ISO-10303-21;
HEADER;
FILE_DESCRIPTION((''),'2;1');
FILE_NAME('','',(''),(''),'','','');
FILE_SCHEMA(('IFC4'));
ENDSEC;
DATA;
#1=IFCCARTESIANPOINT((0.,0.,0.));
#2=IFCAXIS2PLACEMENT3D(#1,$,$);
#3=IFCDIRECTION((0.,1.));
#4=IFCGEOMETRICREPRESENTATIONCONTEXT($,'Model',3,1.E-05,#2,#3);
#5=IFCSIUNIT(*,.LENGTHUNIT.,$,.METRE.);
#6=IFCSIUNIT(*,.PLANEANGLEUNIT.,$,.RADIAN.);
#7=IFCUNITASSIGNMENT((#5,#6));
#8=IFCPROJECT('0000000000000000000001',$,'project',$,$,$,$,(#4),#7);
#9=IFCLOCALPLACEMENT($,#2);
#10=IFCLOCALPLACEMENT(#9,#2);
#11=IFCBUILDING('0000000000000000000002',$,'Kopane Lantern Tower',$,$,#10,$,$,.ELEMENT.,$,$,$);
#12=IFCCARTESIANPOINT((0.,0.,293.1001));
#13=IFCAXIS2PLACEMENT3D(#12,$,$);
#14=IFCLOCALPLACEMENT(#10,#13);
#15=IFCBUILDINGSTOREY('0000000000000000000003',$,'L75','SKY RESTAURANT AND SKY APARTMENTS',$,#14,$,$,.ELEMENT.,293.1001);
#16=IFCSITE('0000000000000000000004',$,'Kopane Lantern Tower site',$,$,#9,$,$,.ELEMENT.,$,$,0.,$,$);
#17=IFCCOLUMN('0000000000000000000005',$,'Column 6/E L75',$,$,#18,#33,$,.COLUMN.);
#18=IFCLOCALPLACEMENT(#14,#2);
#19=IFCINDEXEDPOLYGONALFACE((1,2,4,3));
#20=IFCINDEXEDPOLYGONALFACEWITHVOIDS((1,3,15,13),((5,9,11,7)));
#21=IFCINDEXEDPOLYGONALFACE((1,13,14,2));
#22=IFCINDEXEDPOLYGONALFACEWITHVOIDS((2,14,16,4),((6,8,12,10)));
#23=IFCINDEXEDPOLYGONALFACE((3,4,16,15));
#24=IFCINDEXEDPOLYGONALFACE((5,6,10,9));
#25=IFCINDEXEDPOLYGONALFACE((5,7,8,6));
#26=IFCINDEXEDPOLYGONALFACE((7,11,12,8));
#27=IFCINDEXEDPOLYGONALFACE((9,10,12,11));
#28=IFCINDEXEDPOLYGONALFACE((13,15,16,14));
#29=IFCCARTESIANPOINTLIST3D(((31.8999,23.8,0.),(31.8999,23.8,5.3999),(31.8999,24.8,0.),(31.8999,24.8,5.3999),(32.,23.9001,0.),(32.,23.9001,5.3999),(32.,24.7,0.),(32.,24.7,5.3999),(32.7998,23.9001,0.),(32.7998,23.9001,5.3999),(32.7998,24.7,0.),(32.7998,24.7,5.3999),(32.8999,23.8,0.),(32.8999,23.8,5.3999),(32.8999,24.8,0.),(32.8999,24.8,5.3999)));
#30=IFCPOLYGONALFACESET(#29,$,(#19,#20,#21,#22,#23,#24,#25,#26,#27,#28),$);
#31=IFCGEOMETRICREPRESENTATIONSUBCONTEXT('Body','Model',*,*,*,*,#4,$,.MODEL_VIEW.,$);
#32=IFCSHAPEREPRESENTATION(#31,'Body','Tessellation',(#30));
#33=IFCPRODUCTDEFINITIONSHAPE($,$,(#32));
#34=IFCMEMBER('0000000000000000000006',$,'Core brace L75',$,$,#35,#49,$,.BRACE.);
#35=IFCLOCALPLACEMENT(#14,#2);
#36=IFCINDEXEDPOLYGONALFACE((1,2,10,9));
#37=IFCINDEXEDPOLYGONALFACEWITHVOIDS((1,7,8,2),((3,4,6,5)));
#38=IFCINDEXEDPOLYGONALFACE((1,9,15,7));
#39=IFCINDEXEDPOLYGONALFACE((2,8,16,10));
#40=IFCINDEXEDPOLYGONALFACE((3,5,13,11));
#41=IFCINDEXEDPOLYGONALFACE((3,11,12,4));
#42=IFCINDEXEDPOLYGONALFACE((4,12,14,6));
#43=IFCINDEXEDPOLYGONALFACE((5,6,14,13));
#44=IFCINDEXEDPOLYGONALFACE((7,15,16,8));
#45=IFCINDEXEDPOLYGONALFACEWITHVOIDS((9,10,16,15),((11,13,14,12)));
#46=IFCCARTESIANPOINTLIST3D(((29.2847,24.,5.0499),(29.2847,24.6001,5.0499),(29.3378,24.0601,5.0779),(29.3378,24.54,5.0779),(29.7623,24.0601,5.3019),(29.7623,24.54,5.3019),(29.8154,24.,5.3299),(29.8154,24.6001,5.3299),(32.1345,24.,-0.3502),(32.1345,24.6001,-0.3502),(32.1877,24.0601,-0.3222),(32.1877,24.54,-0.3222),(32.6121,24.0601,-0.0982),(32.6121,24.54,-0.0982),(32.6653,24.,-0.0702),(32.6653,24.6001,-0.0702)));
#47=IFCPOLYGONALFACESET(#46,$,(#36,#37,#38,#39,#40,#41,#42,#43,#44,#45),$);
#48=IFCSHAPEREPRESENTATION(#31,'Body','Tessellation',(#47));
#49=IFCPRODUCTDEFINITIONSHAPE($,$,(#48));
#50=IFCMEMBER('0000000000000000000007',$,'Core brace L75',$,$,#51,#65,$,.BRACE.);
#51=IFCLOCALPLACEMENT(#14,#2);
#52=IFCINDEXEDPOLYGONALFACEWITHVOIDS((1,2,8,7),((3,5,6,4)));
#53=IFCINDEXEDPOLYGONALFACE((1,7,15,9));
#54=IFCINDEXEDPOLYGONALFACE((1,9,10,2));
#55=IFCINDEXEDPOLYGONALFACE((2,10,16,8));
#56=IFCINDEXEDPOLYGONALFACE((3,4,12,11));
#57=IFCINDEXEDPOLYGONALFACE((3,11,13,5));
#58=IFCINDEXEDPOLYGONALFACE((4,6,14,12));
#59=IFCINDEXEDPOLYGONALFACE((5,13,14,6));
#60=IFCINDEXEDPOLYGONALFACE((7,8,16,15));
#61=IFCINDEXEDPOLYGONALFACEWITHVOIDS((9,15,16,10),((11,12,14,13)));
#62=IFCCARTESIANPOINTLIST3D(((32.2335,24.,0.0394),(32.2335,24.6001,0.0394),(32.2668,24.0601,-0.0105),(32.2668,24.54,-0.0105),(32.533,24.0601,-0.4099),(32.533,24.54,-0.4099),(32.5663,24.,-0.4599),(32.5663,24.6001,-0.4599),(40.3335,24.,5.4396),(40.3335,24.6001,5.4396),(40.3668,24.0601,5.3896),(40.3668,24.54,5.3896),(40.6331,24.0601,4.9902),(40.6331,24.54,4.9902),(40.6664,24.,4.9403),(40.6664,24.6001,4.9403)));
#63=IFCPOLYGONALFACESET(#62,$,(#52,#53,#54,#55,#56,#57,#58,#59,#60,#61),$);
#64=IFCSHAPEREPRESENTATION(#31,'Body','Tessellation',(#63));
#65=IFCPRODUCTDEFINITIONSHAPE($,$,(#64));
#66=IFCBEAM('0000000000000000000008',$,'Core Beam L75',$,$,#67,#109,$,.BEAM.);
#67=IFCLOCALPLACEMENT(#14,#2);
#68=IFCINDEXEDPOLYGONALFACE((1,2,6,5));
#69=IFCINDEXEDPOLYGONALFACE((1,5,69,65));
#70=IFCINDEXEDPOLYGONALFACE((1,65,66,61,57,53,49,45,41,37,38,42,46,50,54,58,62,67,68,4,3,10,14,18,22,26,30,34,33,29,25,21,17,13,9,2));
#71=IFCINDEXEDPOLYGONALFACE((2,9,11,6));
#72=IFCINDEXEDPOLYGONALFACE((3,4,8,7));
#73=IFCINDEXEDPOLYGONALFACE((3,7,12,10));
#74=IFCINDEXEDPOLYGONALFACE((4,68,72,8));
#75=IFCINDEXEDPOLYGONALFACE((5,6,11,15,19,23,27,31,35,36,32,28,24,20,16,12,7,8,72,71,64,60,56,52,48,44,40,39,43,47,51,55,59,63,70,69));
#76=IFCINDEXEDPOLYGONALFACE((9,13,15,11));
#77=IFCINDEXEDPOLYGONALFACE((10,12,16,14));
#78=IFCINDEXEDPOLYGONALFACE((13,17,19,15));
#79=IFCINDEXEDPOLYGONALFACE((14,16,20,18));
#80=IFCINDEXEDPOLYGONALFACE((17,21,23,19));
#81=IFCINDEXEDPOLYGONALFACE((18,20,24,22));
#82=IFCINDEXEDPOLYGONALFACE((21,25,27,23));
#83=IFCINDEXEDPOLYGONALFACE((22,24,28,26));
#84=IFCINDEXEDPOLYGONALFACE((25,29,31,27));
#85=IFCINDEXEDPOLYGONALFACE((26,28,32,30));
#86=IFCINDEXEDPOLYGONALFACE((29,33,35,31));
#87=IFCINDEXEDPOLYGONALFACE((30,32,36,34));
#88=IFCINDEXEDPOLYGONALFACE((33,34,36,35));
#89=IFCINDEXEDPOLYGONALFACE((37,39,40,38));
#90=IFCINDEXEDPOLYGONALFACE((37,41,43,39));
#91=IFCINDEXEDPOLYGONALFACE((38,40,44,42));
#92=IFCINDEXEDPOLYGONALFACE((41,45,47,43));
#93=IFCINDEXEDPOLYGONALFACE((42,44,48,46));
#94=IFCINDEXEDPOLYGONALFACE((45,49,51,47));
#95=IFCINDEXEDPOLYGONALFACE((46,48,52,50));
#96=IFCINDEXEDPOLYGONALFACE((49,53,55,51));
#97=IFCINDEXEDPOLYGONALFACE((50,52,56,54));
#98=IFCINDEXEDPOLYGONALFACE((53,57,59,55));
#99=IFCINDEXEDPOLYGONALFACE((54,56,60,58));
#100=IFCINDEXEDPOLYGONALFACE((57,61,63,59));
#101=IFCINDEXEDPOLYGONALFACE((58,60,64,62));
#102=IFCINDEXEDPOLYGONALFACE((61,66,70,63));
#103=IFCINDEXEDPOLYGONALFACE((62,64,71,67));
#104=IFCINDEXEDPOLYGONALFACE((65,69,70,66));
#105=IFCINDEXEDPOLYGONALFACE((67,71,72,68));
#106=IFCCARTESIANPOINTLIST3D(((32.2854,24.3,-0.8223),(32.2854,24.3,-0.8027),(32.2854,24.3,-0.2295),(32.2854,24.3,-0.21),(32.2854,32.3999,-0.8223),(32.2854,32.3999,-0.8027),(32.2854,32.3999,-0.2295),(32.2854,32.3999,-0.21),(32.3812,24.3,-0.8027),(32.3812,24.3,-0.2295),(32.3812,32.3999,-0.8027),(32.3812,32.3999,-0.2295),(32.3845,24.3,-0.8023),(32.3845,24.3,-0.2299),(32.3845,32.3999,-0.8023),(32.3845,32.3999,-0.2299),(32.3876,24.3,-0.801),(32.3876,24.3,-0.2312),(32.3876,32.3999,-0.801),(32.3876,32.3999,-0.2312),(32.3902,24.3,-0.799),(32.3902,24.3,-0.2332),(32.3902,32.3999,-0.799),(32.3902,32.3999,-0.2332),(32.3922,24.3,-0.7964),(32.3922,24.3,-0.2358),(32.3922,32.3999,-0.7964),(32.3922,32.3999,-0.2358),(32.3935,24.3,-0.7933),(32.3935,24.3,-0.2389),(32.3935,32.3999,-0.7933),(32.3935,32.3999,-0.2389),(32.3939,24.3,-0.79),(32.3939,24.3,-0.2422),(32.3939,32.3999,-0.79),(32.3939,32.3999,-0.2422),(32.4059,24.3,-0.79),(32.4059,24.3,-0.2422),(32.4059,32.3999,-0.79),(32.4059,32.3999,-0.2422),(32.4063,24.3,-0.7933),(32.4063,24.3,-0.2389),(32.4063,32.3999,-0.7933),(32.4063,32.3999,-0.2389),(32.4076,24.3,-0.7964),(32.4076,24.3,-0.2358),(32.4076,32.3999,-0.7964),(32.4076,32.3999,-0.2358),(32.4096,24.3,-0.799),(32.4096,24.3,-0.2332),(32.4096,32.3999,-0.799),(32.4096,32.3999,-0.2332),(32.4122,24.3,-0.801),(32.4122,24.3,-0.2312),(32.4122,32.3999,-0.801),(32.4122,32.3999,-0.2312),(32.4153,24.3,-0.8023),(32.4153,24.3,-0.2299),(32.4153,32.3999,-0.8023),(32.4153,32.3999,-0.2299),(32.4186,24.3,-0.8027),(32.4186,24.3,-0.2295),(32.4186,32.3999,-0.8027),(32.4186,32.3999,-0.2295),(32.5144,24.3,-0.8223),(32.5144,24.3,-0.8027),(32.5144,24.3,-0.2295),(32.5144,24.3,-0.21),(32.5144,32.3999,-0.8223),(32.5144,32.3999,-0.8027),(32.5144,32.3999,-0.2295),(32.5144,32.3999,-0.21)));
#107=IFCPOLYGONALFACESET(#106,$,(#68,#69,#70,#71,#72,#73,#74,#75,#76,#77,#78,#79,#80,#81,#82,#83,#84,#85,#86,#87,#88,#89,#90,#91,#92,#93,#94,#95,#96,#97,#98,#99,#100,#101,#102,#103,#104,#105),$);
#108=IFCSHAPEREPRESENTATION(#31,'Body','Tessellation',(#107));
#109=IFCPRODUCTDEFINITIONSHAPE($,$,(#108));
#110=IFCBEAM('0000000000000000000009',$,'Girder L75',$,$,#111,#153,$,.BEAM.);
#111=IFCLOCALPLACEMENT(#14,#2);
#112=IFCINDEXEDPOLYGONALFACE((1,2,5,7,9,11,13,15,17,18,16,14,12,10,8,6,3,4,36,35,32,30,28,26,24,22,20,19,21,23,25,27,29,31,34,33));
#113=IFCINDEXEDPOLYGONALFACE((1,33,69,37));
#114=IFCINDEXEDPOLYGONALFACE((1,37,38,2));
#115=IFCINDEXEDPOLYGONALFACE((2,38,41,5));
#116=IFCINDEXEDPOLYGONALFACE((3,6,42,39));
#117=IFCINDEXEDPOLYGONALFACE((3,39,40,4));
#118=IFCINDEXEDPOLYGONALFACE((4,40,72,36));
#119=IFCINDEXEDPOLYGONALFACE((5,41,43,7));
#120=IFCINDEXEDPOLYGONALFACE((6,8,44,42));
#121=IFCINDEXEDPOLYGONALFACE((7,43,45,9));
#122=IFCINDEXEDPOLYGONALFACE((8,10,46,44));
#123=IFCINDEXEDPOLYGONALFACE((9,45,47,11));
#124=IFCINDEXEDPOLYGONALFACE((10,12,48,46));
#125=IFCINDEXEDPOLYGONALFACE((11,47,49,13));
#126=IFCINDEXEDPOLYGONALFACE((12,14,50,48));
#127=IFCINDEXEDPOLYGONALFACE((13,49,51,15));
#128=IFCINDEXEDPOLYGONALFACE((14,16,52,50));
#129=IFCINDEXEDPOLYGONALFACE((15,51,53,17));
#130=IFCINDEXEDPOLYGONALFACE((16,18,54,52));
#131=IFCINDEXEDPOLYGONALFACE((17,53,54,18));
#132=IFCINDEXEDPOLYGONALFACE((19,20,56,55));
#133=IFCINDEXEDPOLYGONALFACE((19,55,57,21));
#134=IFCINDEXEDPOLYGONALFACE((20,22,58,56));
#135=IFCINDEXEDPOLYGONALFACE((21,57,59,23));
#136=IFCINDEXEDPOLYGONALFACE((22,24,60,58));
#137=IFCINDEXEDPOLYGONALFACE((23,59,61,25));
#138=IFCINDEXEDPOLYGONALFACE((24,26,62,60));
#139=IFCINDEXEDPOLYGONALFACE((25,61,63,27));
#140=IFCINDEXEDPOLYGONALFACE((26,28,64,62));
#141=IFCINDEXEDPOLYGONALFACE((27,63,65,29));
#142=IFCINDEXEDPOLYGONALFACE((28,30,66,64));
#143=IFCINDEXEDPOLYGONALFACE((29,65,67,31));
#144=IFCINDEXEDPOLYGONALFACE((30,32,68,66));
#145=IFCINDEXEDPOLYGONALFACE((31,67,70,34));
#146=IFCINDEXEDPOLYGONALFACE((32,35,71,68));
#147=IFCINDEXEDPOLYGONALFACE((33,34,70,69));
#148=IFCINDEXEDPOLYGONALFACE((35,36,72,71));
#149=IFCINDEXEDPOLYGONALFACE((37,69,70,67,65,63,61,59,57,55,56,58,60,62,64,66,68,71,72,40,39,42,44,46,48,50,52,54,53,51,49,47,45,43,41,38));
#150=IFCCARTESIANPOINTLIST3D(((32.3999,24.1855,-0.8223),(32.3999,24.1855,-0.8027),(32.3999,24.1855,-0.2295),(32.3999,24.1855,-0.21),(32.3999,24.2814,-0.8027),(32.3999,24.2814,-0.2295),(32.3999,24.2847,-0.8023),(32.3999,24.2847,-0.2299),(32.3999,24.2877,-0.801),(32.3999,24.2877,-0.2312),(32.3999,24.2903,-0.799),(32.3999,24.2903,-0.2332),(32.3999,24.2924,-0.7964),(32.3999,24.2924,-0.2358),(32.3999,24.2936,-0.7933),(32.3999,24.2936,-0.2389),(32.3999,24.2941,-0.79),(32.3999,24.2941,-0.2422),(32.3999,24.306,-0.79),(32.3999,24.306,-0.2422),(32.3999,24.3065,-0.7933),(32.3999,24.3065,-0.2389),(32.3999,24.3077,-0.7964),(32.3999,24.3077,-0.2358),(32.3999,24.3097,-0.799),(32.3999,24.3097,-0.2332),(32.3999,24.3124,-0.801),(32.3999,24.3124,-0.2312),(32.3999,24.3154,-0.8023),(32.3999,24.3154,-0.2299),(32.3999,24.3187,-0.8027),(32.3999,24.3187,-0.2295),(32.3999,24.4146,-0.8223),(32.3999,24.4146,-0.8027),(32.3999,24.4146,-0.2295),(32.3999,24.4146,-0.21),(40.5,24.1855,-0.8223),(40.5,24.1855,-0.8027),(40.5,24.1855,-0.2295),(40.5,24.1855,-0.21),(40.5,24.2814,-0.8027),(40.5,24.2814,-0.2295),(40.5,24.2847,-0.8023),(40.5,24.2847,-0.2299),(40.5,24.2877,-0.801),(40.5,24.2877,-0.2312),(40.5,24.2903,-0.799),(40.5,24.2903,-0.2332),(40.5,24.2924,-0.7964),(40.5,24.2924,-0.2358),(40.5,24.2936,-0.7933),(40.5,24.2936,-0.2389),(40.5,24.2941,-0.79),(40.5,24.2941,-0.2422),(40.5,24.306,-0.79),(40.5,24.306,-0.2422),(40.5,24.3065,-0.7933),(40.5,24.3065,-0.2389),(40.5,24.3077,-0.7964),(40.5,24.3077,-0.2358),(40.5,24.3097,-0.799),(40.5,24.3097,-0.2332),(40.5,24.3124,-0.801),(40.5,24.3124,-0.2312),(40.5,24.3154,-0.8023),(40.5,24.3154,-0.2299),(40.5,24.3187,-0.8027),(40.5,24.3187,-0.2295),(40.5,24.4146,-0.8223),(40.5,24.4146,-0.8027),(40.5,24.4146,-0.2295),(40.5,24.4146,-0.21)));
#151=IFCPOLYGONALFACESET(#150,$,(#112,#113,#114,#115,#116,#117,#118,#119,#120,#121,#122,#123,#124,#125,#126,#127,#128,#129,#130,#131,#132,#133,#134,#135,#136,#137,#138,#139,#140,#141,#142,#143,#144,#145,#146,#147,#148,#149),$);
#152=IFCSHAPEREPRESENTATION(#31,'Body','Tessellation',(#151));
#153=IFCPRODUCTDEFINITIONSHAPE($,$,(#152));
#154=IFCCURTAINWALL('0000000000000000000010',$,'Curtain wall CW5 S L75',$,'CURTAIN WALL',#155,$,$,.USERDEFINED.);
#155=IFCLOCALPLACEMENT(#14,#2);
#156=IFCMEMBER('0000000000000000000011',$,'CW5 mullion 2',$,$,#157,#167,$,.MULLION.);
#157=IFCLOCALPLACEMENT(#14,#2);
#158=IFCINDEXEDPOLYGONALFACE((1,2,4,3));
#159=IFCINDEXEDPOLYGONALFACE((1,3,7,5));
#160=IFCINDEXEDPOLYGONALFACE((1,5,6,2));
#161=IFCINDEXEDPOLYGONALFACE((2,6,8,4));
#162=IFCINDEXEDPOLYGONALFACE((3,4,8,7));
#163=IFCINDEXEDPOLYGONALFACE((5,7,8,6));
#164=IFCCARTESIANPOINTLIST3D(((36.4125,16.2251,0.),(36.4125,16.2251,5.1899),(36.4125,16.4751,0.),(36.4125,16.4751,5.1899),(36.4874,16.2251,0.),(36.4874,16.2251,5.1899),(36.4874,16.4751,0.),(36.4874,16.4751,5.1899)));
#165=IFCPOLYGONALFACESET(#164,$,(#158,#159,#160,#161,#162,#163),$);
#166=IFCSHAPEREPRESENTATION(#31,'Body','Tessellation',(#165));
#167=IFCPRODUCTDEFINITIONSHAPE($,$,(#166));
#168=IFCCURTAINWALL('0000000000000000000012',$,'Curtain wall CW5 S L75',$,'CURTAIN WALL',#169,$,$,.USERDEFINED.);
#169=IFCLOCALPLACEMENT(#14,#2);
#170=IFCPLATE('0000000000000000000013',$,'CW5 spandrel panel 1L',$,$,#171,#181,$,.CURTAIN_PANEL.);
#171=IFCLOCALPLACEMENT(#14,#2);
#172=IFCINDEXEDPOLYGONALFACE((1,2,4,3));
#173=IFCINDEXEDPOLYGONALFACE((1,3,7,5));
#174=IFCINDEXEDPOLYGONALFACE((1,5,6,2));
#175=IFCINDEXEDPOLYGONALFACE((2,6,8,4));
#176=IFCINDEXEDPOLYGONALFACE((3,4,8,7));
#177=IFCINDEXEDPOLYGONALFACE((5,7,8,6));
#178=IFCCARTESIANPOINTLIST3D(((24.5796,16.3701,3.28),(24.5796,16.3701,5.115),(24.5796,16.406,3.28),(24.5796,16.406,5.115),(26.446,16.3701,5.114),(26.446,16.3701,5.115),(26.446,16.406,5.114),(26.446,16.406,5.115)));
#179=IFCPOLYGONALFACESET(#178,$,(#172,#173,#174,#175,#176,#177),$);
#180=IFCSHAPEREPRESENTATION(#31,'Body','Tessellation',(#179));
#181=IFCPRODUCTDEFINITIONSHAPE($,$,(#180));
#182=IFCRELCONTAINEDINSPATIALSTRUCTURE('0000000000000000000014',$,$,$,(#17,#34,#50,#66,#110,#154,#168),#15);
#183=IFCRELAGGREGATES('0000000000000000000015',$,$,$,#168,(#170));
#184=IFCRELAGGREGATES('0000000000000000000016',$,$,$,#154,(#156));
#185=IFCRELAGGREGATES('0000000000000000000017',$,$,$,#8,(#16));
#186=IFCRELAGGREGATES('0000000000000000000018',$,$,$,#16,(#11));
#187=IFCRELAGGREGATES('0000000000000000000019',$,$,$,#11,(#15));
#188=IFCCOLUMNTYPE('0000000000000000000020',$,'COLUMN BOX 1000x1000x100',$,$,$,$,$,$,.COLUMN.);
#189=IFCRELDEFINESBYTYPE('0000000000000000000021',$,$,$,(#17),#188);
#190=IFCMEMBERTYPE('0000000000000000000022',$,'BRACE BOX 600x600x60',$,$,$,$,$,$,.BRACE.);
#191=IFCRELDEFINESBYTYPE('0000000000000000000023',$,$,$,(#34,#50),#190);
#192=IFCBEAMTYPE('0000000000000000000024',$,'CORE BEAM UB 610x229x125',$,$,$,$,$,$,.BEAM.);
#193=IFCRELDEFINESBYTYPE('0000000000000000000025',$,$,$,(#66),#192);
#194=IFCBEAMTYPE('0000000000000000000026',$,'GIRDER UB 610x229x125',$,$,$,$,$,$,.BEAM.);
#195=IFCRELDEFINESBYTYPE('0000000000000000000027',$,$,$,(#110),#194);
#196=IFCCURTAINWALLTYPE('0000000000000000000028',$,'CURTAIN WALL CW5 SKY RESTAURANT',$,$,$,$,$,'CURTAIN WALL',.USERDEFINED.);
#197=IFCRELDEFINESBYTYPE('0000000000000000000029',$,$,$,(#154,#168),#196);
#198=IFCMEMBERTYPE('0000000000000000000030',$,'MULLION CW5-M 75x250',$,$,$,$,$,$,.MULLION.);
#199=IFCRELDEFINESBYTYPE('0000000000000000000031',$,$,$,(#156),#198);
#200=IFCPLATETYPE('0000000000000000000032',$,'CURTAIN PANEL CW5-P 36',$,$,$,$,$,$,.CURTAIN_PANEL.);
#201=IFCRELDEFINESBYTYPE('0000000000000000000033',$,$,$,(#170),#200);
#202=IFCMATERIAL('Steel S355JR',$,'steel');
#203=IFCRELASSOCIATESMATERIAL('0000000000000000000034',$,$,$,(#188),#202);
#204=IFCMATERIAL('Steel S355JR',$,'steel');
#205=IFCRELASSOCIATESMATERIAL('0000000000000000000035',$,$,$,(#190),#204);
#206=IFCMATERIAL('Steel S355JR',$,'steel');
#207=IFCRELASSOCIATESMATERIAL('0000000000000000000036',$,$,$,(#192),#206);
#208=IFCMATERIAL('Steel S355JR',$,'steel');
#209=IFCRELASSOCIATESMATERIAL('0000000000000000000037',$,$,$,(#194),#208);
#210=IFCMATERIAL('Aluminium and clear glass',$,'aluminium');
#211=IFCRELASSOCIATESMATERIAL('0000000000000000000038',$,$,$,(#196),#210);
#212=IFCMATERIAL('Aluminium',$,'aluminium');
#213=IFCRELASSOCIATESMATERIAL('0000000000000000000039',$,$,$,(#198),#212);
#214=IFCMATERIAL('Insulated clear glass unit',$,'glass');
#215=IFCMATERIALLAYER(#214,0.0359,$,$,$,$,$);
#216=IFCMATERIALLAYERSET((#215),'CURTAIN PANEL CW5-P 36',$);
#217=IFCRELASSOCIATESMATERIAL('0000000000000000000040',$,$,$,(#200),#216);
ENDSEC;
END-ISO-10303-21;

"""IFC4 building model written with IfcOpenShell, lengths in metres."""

from ifc_helpers import new_model, si_unit, direction, frame, origin, origin_2d, place, context, subcontext, project, spatial, polyline, rectangle, hollow_rectangle, i_section, outline, extrude, material, layer, layer_set, material_profile, profile_set, type_object, element, aggregate, save


model = new_model("IFC4")

# Units and contexts
model_context = context("Model", 3, precision=1e-05, world=origin(), true_north=direction((0.0, 1.0)))
body_context = subcontext(model_context, "Body", "Model", "MODEL_VIEW")
ifc_project = project(units=[si_unit("LENGTHUNIT", "METRE"), si_unit("PLANEANGLEUNIT", "RADIAN")], contexts=[model_context])

# Site, building, storey
site_placement = place(None, origin())
site = spatial("IfcSite", under=ifc_project, at=site_placement, Name="Kopane Lantern Tower site", CompositionType="ELEMENT", RefElevation=0.0)
building_placement = place(site_placement, origin())
building = spatial("IfcBuilding", under=site, at=building_placement, Name="Kopane Lantern Tower", CompositionType="ELEMENT")
storey_placement = place(building_placement, frame((0.0, 0.0, 293.1001)))
storey = spatial("IfcBuildingStorey", under=building, at=storey_placement, Name="L75", Description="SKY RESTAURANT AND SKY APARTMENTS", CompositionType="ELEMENT", Elevation=293.1001)

# Column
ifc_material_1 = material(Name="Steel S355JR", Category="steel")
ifc_material_profile_1 = material_profile(ifc_material_1, hollow_rectangle(XDim=1.0, YDim=1.0, WallThickness=0.1001, at=origin_2d()), Name="BOX 1000x1000x100")
ifc_profile_set_1 = profile_set([ifc_material_profile_1], Name="Steel S355JR")
column_type = type_object("IfcColumnType", Name="COLUMN BOX 1000x1000x100", PredefinedType="COLUMN", material=ifc_profile_set_1)
column_placement = place(storey_placement, frame((32.3999, 24.3, 0.0), z_axis=(0.0, 0.0, 1.0), x_axis=(1.0, 0.0, 0.0)))
element("IfcColumn", 1, at=column_placement, inside=storey, type_object=column_type, Name="Column 6/E L75", PredefinedType="COLUMN", context=body_context, shape_type="SweptSolid", body=[
    extrude(hollow_rectangle(XDim=1.0, YDim=1.0, WallThickness=0.1001, at=origin_2d()), origin(), (0.0, 0.0, 1.0), 5.3999),
])

# Members
ifc_material_2 = material(Name="Steel S355JR", Category="steel")
ifc_material_profile_2 = material_profile(ifc_material_2, hollow_rectangle(XDim=0.6001, YDim=0.6001, WallThickness=0.0601, at=origin_2d()), Name="BOX 600x600x60")
ifc_profile_set_2 = profile_set([ifc_material_profile_2], Name="Steel S355JR")
member_type_1 = type_object("IfcMemberType", Name="BRACE BOX 600x600x60", PredefinedType="BRACE", material=ifc_profile_set_2)
member_1_placement = place(storey_placement, frame((32.3999, 24.3, -0.2102), z_axis=(-0.46673, 0.0, 0.8844), x_axis=(0.0, -1.0, 0.0)))
element("IfcMember", 2, at=member_1_placement, inside=storey, type_object=member_type_1, Name="Core brace L75", PredefinedType="BRACE", context=body_context, shape_type="SweptSolid", body=[
    extrude(hollow_rectangle(XDim=0.6001, YDim=0.6001, WallThickness=0.0601, at=origin_2d()), origin(), (0.0, 0.0, 1.0), 6.106),
])
member_2_placement = place(storey_placement, frame((32.3999, 24.3, -0.2102), z_axis=(0.832046, 0.0, 0.554706), x_axis=(0.0, 1.0, 0.0)))
element("IfcMember", 3, at=member_2_placement, inside=storey, type_object=member_type_1, Name="Core brace L75", PredefinedType="BRACE", context=body_context, shape_type="SweptSolid", body=[
    extrude(hollow_rectangle(XDim=0.6001, YDim=0.6001, WallThickness=0.0601, at=origin_2d()), origin(), (0.0, 0.0, 1.0), 9.7351),
])

# Beams
ifc_material_3 = material(Name="Steel S355JR", Category="steel")
ifc_material_profile_3 = material_profile(ifc_material_3, i_section(OverallWidth=0.229, OverallDepth=0.6123, WebThickness=0.012, FlangeThickness=0.0195, FilletRadius=0.0127, at=origin_2d()), Name="UB 610x229x125")
ifc_profile_set_3 = profile_set([ifc_material_profile_3], Name="Steel S355JR")
beam_type_1 = type_object("IfcBeamType", Name="CORE BEAM UB 610x229x125", PredefinedType="BEAM", material=ifc_profile_set_3)
beam_1_placement = place(storey_placement, frame((32.3999, 24.3, -0.5161), z_axis=(0.0, 1.0, 0.0), x_axis=(-1.0, 0.0, 0.0)))
element("IfcBeam", 4, at=beam_1_placement, inside=storey, type_object=beam_type_1, Name="Core Beam L75", PredefinedType="BEAM", context=body_context, shape_type="SweptSolid", body=[
    extrude(i_section(OverallWidth=0.229, OverallDepth=0.6123, WebThickness=0.012, FlangeThickness=0.0195, FilletRadius=0.0127, at=origin_2d()), origin(), (0.0, 0.0, 1.0), 8.0999),
])
ifc_material_4 = material(Name="Steel S355JR", Category="steel")
ifc_material_profile_4 = material_profile(ifc_material_4, i_section(OverallWidth=0.229, OverallDepth=0.6123, WebThickness=0.012, FlangeThickness=0.0195, FilletRadius=0.0127, at=origin_2d()), Name="UB 610x229x125")
ifc_profile_set_4 = profile_set([ifc_material_profile_4], Name="Steel S355JR")
beam_type_2 = type_object("IfcBeamType", Name="GIRDER UB 610x229x125", PredefinedType="BEAM", material=ifc_profile_set_4)
beam_2_placement = place(storey_placement, frame((32.3999, 24.3, -0.5161), z_axis=(1.0, 0.0, 0.0), x_axis=(0.0, 1.0, 0.0)))
element("IfcBeam", 5, at=beam_2_placement, inside=storey, type_object=beam_type_2, Name="Girder L75", PredefinedType="BEAM", context=body_context, shape_type="SweptSolid", body=[
    extrude(i_section(OverallWidth=0.229, OverallDepth=0.6123, WebThickness=0.012, FlangeThickness=0.0195, FilletRadius=0.0127, at=origin_2d()), origin(), (0.0, 0.0, 1.0), 8.1001),
])

# Curtain wall, member
ifc_material_5 = material(Name="Aluminium and clear glass", Category="aluminium")
curtain_wall_type = type_object("IfcCurtainWallType", Name="CURTAIN WALL CW5 SKY RESTAURANT", ElementType="CURTAIN WALL", PredefinedType="USERDEFINED", material=ifc_material_5)
curtain_wall_1_placement = place(storey_placement, origin())
curtain_wall_1 = element("IfcCurtainWall", 6, at=curtain_wall_1_placement, inside=storey, type_object=curtain_wall_type, Name="Curtain wall CW5 S L75", ObjectType="CURTAIN WALL", PredefinedType="USERDEFINED")
ifc_material_6 = material(Name="Aluminium", Category="aluminium")
ifc_material_profile_5 = material_profile(ifc_material_6, rectangle(XDim=0.075, YDim=0.25, at=origin_2d()), Name="AL 75x250")
ifc_profile_set_5 = profile_set([ifc_material_profile_5], Name="Aluminium")
member_type_2 = type_object("IfcMemberType", Name="MULLION CW5-M 75x250", PredefinedType="MULLION", material=ifc_profile_set_5)
member_3_placement = place(storey_placement, frame((36.45, 16.3501, 0.0), z_axis=(0.0, 0.0, 1.0), x_axis=(1.0, 0.0, 0.0)))
member_3 = element("IfcMember", 7, at=member_3_placement, type_object=member_type_2, Name="CW5 mullion 2", PredefinedType="MULLION", context=body_context, shape_type="SweptSolid", body=[
    extrude(rectangle(XDim=0.075, YDim=0.25, at=origin_2d()), origin(), (0.0, 0.0, 1.0), 5.1899),
])

# Curtain wall, plate
curtain_wall_2_placement = place(storey_placement, origin())
curtain_wall_2 = element("IfcCurtainWall", 8, at=curtain_wall_2_placement, inside=storey, type_object=curtain_wall_type, Name="Curtain wall CW5 S L75", ObjectType="CURTAIN WALL", PredefinedType="USERDEFINED")
ifc_material_7 = material(Name="Insulated clear glass unit", Category="glass")
ifc_layer_1 = layer(ifc_material_7, 0.0359)
ifc_layer_set_1 = layer_set([ifc_layer_1], Name="CURTAIN PANEL CW5-P 36")
plate_type = type_object("IfcPlateType", Name="CURTAIN PANEL CW5-P 36", PredefinedType="CURTAIN_PANEL", material=ifc_layer_set_1)
plate_1_placement = place(storey_placement, frame((24.5796, 16.3879, 5.115), z_axis=(0.0, 0.0, 1.0), x_axis=(1.0, 0.0, 0.0)))
plate_1 = element("IfcPlate", 9, at=plate_1_placement, type_object=plate_type, Name="CW5 spandrel panel 1L", PredefinedType="CURTAIN_PANEL", context=body_context, shape_type="SweptSolid", body=[
    extrude(outline(polyline([(0.0, 0.0), (1.8665, 0.0), (1.8665, -0.001), (0.0, -1.835), (0.0, 0.0)])), frame((0.0, 0.0181, 0.0), z_axis=(0.0, -1.0, 0.0), x_axis=(1.0, 0.0, 0.0)), (0.0, 0.0, 1.0), 0.0359),
])
aggregate(curtain_wall_2, [plate_1])

aggregate(curtain_wall_1, [member_3])

save(model, "model.ifc")
